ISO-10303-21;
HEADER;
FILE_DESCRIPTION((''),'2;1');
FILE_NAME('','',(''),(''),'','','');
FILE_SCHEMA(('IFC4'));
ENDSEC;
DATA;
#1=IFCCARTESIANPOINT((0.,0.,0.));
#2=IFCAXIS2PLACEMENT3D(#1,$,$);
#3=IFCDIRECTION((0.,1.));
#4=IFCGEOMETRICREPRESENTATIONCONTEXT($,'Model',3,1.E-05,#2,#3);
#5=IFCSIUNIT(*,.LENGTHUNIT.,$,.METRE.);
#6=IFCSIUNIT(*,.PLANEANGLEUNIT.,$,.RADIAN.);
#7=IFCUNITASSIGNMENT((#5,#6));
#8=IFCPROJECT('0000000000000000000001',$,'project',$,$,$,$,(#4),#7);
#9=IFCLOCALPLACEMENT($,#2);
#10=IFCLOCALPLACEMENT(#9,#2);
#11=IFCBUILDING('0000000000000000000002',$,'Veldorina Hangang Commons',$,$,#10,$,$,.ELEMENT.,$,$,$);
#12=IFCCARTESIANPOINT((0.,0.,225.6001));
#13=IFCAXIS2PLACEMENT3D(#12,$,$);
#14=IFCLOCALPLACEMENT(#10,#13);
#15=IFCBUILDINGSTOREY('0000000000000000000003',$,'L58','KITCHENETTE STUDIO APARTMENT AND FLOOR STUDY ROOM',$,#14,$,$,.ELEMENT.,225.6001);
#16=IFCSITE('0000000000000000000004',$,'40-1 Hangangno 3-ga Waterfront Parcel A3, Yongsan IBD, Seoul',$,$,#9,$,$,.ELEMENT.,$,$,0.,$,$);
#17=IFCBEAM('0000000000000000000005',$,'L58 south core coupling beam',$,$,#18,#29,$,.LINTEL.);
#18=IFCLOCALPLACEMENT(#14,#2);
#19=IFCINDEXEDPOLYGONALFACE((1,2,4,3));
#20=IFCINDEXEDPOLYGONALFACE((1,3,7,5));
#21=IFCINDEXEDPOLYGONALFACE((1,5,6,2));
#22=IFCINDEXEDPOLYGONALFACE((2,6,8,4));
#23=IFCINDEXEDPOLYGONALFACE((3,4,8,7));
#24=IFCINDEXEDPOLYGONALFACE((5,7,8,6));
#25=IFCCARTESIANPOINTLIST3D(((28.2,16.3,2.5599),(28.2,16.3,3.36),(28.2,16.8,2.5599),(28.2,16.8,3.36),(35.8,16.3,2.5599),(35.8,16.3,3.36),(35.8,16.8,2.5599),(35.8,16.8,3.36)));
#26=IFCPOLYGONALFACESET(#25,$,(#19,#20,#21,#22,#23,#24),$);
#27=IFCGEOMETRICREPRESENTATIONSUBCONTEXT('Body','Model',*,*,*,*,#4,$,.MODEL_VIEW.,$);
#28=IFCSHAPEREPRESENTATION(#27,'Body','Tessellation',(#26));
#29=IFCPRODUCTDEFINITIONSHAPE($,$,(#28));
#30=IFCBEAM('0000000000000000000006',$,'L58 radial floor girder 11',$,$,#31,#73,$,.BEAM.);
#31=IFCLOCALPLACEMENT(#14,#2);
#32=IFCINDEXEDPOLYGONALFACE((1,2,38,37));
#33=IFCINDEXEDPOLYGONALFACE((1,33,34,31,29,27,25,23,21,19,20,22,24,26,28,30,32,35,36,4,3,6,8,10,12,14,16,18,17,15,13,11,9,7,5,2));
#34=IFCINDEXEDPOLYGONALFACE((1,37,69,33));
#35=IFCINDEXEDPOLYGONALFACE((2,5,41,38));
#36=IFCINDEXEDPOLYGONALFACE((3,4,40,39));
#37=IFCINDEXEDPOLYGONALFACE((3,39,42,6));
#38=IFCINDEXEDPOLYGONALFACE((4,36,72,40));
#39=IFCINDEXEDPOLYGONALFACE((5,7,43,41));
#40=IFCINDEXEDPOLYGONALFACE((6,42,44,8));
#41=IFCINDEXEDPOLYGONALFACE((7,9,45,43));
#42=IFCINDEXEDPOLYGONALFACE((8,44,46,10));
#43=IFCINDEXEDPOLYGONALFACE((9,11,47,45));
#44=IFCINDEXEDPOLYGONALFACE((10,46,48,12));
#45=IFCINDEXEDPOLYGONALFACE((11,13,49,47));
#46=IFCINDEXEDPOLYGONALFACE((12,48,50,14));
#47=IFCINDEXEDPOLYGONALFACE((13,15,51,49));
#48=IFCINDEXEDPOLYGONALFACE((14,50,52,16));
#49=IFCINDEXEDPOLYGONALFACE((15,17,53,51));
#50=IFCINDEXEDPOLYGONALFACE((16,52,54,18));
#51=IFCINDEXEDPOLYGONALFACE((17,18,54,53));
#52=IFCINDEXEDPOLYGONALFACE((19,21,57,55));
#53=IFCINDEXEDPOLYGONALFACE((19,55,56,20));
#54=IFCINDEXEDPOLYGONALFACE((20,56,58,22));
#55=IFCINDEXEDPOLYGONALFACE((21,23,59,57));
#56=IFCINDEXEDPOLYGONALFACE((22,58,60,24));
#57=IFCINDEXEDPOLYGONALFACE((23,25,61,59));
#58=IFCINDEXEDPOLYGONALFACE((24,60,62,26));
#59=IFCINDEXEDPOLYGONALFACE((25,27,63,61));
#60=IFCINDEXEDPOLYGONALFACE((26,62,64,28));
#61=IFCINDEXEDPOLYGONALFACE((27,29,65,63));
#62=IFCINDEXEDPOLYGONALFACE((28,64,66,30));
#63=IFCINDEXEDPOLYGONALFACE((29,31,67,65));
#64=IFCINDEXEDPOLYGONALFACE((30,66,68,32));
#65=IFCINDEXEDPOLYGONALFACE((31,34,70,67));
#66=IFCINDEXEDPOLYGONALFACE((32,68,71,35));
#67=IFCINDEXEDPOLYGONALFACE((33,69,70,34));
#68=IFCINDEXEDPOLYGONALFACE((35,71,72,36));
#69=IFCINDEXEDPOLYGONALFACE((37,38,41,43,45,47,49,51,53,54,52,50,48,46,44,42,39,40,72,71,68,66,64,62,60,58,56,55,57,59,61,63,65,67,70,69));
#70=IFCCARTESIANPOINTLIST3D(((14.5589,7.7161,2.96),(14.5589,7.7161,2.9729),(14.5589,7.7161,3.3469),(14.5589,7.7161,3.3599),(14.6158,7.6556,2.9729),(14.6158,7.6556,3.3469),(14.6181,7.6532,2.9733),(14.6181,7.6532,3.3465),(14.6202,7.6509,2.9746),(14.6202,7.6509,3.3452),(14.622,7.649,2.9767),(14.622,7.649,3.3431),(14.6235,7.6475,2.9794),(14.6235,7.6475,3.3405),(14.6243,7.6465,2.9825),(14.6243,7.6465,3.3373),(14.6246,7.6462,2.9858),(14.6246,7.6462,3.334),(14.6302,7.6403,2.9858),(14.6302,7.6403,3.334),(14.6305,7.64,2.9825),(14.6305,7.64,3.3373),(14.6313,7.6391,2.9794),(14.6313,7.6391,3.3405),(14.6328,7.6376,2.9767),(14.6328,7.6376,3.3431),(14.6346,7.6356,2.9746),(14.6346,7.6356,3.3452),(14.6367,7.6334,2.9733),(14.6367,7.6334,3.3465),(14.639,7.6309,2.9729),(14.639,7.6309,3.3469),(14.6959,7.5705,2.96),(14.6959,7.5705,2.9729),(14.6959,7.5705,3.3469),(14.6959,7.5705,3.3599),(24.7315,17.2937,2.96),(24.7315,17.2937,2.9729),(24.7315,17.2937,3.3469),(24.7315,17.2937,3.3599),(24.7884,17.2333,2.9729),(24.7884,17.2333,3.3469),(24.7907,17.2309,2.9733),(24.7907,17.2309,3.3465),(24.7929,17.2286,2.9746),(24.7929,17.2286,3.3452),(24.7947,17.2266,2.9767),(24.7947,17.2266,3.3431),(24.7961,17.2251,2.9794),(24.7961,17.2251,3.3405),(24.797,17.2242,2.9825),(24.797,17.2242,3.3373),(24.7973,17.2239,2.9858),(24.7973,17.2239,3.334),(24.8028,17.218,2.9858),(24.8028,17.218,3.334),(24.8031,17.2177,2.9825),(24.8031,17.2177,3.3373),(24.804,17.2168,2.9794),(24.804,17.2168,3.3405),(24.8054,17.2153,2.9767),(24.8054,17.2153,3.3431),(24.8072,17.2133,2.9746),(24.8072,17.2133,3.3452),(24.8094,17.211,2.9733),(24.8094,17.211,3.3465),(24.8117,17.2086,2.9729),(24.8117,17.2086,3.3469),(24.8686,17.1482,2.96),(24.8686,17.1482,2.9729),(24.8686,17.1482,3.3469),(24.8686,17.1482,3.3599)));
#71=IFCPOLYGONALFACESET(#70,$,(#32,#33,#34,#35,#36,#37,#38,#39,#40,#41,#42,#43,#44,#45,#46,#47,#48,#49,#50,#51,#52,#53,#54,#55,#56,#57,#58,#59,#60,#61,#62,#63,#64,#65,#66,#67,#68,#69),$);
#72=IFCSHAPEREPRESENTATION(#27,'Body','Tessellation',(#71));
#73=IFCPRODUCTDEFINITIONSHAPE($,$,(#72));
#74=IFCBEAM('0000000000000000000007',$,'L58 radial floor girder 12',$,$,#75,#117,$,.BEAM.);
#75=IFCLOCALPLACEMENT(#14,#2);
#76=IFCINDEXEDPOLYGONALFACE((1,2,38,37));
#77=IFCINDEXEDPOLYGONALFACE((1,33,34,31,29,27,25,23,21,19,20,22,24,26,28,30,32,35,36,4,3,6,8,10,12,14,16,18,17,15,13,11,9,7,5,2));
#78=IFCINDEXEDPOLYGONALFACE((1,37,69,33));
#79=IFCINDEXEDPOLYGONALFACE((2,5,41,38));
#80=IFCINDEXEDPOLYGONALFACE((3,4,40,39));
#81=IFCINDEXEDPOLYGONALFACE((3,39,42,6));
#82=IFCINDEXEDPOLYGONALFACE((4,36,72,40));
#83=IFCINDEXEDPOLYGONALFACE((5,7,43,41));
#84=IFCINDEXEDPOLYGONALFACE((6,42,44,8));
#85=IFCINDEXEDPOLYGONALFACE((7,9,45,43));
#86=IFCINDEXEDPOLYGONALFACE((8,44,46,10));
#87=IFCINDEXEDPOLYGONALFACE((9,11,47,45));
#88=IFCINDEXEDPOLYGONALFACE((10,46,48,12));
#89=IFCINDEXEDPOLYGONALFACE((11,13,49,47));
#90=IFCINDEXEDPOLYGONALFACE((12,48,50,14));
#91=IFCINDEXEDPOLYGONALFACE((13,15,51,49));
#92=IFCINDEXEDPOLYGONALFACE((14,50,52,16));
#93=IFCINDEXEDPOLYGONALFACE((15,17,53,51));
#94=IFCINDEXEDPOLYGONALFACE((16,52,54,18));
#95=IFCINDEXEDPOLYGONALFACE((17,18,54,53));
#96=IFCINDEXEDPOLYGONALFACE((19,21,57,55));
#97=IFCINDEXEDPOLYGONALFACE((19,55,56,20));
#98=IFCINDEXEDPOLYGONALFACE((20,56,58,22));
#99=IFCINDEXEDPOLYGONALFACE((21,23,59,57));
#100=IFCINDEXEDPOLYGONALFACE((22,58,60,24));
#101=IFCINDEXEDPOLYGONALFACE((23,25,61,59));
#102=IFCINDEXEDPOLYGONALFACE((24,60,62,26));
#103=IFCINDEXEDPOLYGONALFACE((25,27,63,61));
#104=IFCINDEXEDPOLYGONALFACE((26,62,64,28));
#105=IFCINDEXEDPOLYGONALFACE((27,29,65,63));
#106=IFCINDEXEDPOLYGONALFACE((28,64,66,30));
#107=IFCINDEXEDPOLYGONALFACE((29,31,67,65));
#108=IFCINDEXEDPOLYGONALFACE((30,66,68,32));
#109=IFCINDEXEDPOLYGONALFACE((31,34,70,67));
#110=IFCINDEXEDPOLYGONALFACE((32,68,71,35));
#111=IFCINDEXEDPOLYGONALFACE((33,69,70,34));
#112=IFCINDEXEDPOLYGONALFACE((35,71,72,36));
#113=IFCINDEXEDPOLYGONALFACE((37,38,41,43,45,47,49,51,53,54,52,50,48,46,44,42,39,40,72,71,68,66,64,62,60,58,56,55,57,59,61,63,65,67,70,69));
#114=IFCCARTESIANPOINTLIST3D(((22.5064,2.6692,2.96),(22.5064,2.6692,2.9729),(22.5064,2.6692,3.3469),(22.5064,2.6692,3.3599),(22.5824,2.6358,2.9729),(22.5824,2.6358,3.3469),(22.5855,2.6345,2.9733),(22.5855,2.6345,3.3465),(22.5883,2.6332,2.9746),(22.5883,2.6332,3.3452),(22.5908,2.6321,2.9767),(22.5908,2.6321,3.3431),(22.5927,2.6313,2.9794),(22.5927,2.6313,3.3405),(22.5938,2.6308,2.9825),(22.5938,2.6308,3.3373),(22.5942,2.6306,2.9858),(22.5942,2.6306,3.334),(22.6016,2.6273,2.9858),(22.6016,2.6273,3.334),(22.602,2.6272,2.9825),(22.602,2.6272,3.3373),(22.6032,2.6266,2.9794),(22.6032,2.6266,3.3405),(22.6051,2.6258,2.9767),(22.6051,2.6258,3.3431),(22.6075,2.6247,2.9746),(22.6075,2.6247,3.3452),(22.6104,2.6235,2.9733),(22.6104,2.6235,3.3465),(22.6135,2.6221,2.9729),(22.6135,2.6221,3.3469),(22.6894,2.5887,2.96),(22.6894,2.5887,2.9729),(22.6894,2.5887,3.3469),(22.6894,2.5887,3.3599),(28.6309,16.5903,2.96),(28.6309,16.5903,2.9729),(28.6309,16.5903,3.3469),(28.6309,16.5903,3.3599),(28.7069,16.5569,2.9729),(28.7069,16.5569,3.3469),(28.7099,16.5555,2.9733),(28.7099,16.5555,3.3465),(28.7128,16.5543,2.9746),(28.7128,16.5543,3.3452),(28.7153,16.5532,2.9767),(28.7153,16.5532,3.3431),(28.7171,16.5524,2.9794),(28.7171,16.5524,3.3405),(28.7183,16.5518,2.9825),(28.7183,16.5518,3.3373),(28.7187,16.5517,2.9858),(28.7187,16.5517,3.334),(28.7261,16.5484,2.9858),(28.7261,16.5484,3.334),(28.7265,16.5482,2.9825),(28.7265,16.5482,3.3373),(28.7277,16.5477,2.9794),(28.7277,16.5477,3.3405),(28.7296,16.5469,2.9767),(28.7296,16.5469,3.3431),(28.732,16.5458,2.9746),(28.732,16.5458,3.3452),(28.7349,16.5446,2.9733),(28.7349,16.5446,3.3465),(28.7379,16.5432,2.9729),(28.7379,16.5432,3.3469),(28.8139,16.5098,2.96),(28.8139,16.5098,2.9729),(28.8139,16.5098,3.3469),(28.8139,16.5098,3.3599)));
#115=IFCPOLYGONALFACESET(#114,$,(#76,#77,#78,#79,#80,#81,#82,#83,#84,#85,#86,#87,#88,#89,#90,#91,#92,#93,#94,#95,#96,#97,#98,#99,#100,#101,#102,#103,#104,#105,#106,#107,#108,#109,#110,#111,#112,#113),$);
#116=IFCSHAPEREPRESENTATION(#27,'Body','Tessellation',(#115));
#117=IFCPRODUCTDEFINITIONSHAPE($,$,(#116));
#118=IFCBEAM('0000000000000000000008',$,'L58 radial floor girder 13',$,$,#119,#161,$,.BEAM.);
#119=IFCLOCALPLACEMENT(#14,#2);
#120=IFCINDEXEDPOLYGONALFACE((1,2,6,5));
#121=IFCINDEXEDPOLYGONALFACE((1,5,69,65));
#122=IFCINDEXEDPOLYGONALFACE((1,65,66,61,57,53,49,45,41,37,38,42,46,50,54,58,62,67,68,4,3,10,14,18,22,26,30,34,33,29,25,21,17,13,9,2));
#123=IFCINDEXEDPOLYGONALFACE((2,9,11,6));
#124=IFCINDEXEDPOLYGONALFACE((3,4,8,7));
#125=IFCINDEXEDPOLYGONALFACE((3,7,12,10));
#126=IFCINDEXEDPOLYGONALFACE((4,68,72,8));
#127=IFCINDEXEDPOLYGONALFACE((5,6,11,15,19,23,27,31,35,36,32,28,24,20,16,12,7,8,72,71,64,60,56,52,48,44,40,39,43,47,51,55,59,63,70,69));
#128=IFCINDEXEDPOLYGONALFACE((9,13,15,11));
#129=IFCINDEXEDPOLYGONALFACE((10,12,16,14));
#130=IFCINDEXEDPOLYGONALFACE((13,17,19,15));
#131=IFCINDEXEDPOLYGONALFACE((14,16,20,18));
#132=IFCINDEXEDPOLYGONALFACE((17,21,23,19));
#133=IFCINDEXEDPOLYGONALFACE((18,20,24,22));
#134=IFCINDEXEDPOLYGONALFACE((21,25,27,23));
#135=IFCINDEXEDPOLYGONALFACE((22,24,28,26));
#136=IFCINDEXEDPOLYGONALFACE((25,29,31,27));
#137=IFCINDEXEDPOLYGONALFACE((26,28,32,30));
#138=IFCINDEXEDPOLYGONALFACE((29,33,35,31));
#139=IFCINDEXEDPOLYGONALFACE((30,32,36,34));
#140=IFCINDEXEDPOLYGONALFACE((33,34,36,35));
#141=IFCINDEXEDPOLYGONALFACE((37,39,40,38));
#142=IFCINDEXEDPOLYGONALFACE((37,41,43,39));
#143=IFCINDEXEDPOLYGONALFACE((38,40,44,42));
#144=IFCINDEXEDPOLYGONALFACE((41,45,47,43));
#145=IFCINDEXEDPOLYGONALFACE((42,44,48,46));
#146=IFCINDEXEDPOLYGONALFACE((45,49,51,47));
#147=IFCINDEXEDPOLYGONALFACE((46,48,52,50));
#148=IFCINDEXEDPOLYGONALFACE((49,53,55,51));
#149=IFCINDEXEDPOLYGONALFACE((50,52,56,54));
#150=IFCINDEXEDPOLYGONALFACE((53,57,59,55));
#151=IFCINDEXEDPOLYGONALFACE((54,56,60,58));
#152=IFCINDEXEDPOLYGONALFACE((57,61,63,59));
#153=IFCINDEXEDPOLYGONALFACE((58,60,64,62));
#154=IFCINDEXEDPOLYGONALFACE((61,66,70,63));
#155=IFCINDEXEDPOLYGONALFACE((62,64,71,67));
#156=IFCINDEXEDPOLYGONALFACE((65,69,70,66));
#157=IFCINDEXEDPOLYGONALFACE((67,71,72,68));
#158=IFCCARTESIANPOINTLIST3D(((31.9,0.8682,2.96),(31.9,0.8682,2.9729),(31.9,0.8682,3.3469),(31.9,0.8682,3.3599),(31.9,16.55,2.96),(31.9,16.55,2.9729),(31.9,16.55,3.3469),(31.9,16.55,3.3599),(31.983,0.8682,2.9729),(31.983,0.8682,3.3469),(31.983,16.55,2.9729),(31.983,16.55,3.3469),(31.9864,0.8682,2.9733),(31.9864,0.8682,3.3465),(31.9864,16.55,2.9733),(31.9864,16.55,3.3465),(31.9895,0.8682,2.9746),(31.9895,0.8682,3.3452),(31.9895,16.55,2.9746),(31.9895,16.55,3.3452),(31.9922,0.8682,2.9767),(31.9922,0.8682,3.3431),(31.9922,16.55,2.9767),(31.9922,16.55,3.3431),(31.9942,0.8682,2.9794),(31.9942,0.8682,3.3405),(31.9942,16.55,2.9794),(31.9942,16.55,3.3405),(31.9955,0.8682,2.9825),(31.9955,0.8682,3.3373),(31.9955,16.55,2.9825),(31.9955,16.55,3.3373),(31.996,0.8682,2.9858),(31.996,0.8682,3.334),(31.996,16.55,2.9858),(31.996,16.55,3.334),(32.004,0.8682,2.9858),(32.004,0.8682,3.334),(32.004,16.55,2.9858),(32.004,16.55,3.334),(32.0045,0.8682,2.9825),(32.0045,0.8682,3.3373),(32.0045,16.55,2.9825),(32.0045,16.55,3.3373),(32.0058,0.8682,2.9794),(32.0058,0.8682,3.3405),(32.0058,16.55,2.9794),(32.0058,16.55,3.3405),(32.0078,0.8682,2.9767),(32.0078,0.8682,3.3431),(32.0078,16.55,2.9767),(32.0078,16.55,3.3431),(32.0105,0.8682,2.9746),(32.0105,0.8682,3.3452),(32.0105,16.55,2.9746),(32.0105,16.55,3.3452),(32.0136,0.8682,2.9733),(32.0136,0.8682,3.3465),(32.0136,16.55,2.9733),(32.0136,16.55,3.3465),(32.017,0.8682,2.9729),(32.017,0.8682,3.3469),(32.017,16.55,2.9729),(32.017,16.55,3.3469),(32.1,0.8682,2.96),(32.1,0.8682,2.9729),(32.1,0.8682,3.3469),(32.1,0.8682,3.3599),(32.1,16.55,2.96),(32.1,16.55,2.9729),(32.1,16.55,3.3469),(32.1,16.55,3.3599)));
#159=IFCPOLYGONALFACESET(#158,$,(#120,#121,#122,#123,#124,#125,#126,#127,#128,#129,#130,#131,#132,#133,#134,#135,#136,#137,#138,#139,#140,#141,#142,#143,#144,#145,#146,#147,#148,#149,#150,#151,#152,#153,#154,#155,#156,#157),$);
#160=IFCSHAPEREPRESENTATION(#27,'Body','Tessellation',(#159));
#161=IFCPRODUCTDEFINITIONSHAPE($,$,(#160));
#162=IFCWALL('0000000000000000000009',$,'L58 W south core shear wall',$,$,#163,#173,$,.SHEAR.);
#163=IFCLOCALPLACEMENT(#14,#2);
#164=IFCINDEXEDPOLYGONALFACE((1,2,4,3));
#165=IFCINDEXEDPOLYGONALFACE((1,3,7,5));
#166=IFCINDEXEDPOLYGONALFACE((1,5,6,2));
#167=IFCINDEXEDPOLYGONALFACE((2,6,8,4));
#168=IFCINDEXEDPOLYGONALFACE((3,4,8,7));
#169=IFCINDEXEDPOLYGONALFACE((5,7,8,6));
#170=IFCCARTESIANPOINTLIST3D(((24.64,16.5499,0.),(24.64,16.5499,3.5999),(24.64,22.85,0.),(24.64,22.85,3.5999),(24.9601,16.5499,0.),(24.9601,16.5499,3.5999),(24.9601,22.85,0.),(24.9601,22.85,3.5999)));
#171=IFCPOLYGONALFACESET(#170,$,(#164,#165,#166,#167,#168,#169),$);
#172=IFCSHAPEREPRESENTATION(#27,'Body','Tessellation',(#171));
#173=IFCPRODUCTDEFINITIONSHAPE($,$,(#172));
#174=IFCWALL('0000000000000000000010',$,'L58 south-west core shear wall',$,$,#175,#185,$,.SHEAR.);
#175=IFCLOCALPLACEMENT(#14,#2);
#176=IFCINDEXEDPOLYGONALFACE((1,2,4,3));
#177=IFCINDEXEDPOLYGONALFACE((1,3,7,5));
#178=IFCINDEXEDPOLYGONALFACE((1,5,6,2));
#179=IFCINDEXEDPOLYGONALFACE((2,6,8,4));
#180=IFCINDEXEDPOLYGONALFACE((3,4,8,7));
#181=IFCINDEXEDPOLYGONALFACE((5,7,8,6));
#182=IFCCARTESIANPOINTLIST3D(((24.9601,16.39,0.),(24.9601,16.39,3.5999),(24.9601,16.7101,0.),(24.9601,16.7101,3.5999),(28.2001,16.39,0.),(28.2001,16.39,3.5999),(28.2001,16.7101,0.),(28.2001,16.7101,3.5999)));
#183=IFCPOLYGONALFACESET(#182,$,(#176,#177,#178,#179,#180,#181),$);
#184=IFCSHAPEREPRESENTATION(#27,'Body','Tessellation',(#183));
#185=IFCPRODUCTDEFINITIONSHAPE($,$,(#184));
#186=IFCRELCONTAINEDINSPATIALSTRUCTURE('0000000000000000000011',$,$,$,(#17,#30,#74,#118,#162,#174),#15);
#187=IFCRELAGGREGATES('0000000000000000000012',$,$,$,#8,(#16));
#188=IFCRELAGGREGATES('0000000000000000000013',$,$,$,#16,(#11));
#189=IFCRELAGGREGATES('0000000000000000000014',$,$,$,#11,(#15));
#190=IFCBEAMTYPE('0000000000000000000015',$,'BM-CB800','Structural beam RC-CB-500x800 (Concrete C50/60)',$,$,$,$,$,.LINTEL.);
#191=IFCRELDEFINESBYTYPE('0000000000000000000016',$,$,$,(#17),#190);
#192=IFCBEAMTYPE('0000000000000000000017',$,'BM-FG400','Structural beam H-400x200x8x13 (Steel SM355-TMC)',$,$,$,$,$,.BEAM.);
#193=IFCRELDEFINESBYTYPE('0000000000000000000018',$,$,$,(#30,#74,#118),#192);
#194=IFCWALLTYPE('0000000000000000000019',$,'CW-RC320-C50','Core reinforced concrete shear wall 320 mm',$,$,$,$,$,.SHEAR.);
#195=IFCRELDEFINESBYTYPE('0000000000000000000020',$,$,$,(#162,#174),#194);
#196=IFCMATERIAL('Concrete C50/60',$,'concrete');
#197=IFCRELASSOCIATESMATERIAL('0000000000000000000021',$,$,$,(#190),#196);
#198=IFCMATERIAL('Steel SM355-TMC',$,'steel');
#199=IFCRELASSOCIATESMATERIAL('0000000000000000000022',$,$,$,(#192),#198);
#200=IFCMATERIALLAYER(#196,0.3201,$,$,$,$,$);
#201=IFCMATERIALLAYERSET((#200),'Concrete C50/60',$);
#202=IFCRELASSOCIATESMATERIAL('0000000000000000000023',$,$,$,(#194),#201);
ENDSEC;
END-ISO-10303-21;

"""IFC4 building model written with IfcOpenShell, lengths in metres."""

from ifc_helpers import new_model, si_unit, direction, frame, frame_2d, origin, origin_2d, place, context, subcontext, project, spatial, rectangle, i_section, extrude, material, layer, layer_set, material_profile, profile_set, type_object, element, save


model = new_model("IFC4")

# Units and contexts
model_context = context("Model", 3, precision=1e-05, world=origin(), true_north=direction((0.0, 1.0)))
body_context = subcontext(model_context, "Body", "Model", "MODEL_VIEW")
ifc_project = project(units=[si_unit("LENGTHUNIT", "METRE"), si_unit("PLANEANGLEUNIT", "RADIAN")], contexts=[model_context])

# Site, building, storey
site_placement = place(None, origin())
site = spatial("IfcSite", under=ifc_project, at=site_placement, Name="40-1 Hangangno 3-ga Waterfront Parcel A3, Yongsan IBD, Seoul", CompositionType="ELEMENT", RefElevation=0.0)
building_placement = place(site_placement, origin())
building = spatial("IfcBuilding", under=site, at=building_placement, Name="Veldorina Hangang Commons", CompositionType="ELEMENT")
storey_placement = place(building_placement, frame((0.0, 0.0, 225.6001)))
storey = spatial("IfcBuildingStorey", under=building, at=storey_placement, Name="L58", Description="KITCHENETTE STUDIO APARTMENT AND FLOOR STUDY ROOM", CompositionType="ELEMENT", Elevation=225.6001)

# Beams
ifc_material_1 = material(Name="Concrete C50/60", Category="concrete")
ifc_material_profile_1 = material_profile(ifc_material_1, rectangle(XDim=0.5, YDim=0.8, at=origin_2d()), Name="RC-CB-500x800")
ifc_profile_set_1 = profile_set([ifc_material_profile_1], Name="Concrete C50/60")
beam_type_1 = type_object("IfcBeamType", Name="BM-CB800", Description="Structural beam RC-CB-500x800 (Concrete C50/60)", PredefinedType="LINTEL", material=ifc_profile_set_1)
beam_1_placement = place(storey_placement, frame((28.2, 16.55, 2.96), z_axis=(1.0, 0.0, 0.0), x_axis=(0.0, 1.0, 0.0)))
element("IfcBeam", 1, at=beam_1_placement, inside=storey, type_object=beam_type_1, Name="L58 south core coupling beam", PredefinedType="LINTEL", context=body_context, shape_type="SweptSolid", body=[
    extrude(rectangle(XDim=0.5, YDim=0.8, at=origin_2d()), origin(), (0.0, 0.0, 1.0), 7.6001),
])
ifc_material_2 = material(Name="Steel SM355-TMC", Category="steel")
ifc_material_profile_2 = material_profile(ifc_material_2, i_section(OverallWidth=0.2, OverallDepth=0.3999, WebThickness=0.0081, FlangeThickness=0.0129, FilletRadius=0.0129, at=origin_2d()), Name="H-400x200x8x13")
ifc_profile_set_2 = profile_set([ifc_material_profile_2], Name="Steel SM355-TMC")
beam_type_2 = type_object("IfcBeamType", Name="BM-FG400", Description="Structural beam H-400x200x8x13 (Steel SM355-TMC)", PredefinedType="BEAM", material=ifc_profile_set_2)
beam_2_placement = place(storey_placement, frame((24.8, 17.2209, 3.1599), z_axis=(-0.728078, -0.685494, 0.0), x_axis=(0.685494, -0.728078, 0.0)))
element("IfcBeam", 2, at=beam_2_placement, inside=storey, type_object=beam_type_2, Name="L58 radial floor girder 11", PredefinedType="BEAM", context=body_context, shape_type="SweptSolid", body=[
    extrude(i_section(OverallWidth=0.2, OverallDepth=0.3999, WebThickness=0.0081, FlangeThickness=0.0129, FilletRadius=0.0129, at=origin_2d()), origin(), (0.0, 0.0, 1.0), 13.9719),
])
beam_3_placement = place(storey_placement, frame((28.7224, 16.55, 3.1599), z_axis=(-0.402695, -0.915334, 0.0), x_axis=(0.915334, -0.402695, 0.0)))
element("IfcBeam", 3, at=beam_3_placement, inside=storey, type_object=beam_type_2, Name="L58 radial floor girder 12", PredefinedType="BEAM", context=body_context, shape_type="SweptSolid", body=[
    extrude(i_section(OverallWidth=0.2, OverallDepth=0.3999, WebThickness=0.0081, FlangeThickness=0.0129, FilletRadius=0.0129, at=origin_2d()), origin(), (0.0, 0.0, 1.0), 15.2087),
])
beam_4_placement = place(storey_placement, frame((32.0, 16.55, 3.1599), z_axis=(0.0, -1.0, 0.0), x_axis=(1.0, 0.0, 0.0)))
element("IfcBeam", 4, at=beam_4_placement, inside=storey, type_object=beam_type_2, Name="L58 radial floor girder 13", PredefinedType="BEAM", context=body_context, shape_type="SweptSolid", body=[
    extrude(i_section(OverallWidth=0.2, OverallDepth=0.3999, WebThickness=0.0081, FlangeThickness=0.0129, FilletRadius=0.0129, at=origin_2d()), origin(), (0.0, 0.0, 1.0), 15.6819),
])

# Walls
ifc_layer_1 = layer(ifc_material_1, 0.3201)
ifc_layer_set_1 = layer_set([ifc_layer_1], Name="Concrete C50/60")
wall_type_1 = type_object("IfcWallType", Name="CW-RC320-C50", Description="Core reinforced concrete shear wall 320 mm", PredefinedType="SHEAR", material=ifc_layer_set_1)
wall_1_placement = place(storey_placement, frame((24.8, 16.55, 0.0), z_axis=(0.0, 0.0, 1.0), x_axis=(0.0, 1.0, 0.0)))
element("IfcWall", 5, at=wall_1_placement, inside=storey, type_object=wall_type_1, Name="L58 W south core shear wall", PredefinedType="SHEAR", context=body_context, shape_type="SweptSolid", body=[
    extrude(rectangle(XDim=6.3, YDim=0.3201, at=frame_2d((3.1499, 0.0))), origin(), (0.0, 0.0, 1.0), 3.5999),
])
wall_2_placement = place(storey_placement, frame((24.96, 16.55, 0.0), z_axis=(0.0, 0.0, 1.0), x_axis=(1.0, 0.0, 0.0)))
element("IfcWall", 6, at=wall_2_placement, inside=storey, type_object=wall_type_1, Name="L58 south-west core shear wall", PredefinedType="SHEAR", context=body_context, shape_type="SweptSolid", body=[
    extrude(rectangle(XDim=3.24, YDim=0.3201, at=frame_2d((1.6201, 0.0))), origin(), (0.0, 0.0, 1.0), 3.5999),
])

save(model, "model.ifc")
